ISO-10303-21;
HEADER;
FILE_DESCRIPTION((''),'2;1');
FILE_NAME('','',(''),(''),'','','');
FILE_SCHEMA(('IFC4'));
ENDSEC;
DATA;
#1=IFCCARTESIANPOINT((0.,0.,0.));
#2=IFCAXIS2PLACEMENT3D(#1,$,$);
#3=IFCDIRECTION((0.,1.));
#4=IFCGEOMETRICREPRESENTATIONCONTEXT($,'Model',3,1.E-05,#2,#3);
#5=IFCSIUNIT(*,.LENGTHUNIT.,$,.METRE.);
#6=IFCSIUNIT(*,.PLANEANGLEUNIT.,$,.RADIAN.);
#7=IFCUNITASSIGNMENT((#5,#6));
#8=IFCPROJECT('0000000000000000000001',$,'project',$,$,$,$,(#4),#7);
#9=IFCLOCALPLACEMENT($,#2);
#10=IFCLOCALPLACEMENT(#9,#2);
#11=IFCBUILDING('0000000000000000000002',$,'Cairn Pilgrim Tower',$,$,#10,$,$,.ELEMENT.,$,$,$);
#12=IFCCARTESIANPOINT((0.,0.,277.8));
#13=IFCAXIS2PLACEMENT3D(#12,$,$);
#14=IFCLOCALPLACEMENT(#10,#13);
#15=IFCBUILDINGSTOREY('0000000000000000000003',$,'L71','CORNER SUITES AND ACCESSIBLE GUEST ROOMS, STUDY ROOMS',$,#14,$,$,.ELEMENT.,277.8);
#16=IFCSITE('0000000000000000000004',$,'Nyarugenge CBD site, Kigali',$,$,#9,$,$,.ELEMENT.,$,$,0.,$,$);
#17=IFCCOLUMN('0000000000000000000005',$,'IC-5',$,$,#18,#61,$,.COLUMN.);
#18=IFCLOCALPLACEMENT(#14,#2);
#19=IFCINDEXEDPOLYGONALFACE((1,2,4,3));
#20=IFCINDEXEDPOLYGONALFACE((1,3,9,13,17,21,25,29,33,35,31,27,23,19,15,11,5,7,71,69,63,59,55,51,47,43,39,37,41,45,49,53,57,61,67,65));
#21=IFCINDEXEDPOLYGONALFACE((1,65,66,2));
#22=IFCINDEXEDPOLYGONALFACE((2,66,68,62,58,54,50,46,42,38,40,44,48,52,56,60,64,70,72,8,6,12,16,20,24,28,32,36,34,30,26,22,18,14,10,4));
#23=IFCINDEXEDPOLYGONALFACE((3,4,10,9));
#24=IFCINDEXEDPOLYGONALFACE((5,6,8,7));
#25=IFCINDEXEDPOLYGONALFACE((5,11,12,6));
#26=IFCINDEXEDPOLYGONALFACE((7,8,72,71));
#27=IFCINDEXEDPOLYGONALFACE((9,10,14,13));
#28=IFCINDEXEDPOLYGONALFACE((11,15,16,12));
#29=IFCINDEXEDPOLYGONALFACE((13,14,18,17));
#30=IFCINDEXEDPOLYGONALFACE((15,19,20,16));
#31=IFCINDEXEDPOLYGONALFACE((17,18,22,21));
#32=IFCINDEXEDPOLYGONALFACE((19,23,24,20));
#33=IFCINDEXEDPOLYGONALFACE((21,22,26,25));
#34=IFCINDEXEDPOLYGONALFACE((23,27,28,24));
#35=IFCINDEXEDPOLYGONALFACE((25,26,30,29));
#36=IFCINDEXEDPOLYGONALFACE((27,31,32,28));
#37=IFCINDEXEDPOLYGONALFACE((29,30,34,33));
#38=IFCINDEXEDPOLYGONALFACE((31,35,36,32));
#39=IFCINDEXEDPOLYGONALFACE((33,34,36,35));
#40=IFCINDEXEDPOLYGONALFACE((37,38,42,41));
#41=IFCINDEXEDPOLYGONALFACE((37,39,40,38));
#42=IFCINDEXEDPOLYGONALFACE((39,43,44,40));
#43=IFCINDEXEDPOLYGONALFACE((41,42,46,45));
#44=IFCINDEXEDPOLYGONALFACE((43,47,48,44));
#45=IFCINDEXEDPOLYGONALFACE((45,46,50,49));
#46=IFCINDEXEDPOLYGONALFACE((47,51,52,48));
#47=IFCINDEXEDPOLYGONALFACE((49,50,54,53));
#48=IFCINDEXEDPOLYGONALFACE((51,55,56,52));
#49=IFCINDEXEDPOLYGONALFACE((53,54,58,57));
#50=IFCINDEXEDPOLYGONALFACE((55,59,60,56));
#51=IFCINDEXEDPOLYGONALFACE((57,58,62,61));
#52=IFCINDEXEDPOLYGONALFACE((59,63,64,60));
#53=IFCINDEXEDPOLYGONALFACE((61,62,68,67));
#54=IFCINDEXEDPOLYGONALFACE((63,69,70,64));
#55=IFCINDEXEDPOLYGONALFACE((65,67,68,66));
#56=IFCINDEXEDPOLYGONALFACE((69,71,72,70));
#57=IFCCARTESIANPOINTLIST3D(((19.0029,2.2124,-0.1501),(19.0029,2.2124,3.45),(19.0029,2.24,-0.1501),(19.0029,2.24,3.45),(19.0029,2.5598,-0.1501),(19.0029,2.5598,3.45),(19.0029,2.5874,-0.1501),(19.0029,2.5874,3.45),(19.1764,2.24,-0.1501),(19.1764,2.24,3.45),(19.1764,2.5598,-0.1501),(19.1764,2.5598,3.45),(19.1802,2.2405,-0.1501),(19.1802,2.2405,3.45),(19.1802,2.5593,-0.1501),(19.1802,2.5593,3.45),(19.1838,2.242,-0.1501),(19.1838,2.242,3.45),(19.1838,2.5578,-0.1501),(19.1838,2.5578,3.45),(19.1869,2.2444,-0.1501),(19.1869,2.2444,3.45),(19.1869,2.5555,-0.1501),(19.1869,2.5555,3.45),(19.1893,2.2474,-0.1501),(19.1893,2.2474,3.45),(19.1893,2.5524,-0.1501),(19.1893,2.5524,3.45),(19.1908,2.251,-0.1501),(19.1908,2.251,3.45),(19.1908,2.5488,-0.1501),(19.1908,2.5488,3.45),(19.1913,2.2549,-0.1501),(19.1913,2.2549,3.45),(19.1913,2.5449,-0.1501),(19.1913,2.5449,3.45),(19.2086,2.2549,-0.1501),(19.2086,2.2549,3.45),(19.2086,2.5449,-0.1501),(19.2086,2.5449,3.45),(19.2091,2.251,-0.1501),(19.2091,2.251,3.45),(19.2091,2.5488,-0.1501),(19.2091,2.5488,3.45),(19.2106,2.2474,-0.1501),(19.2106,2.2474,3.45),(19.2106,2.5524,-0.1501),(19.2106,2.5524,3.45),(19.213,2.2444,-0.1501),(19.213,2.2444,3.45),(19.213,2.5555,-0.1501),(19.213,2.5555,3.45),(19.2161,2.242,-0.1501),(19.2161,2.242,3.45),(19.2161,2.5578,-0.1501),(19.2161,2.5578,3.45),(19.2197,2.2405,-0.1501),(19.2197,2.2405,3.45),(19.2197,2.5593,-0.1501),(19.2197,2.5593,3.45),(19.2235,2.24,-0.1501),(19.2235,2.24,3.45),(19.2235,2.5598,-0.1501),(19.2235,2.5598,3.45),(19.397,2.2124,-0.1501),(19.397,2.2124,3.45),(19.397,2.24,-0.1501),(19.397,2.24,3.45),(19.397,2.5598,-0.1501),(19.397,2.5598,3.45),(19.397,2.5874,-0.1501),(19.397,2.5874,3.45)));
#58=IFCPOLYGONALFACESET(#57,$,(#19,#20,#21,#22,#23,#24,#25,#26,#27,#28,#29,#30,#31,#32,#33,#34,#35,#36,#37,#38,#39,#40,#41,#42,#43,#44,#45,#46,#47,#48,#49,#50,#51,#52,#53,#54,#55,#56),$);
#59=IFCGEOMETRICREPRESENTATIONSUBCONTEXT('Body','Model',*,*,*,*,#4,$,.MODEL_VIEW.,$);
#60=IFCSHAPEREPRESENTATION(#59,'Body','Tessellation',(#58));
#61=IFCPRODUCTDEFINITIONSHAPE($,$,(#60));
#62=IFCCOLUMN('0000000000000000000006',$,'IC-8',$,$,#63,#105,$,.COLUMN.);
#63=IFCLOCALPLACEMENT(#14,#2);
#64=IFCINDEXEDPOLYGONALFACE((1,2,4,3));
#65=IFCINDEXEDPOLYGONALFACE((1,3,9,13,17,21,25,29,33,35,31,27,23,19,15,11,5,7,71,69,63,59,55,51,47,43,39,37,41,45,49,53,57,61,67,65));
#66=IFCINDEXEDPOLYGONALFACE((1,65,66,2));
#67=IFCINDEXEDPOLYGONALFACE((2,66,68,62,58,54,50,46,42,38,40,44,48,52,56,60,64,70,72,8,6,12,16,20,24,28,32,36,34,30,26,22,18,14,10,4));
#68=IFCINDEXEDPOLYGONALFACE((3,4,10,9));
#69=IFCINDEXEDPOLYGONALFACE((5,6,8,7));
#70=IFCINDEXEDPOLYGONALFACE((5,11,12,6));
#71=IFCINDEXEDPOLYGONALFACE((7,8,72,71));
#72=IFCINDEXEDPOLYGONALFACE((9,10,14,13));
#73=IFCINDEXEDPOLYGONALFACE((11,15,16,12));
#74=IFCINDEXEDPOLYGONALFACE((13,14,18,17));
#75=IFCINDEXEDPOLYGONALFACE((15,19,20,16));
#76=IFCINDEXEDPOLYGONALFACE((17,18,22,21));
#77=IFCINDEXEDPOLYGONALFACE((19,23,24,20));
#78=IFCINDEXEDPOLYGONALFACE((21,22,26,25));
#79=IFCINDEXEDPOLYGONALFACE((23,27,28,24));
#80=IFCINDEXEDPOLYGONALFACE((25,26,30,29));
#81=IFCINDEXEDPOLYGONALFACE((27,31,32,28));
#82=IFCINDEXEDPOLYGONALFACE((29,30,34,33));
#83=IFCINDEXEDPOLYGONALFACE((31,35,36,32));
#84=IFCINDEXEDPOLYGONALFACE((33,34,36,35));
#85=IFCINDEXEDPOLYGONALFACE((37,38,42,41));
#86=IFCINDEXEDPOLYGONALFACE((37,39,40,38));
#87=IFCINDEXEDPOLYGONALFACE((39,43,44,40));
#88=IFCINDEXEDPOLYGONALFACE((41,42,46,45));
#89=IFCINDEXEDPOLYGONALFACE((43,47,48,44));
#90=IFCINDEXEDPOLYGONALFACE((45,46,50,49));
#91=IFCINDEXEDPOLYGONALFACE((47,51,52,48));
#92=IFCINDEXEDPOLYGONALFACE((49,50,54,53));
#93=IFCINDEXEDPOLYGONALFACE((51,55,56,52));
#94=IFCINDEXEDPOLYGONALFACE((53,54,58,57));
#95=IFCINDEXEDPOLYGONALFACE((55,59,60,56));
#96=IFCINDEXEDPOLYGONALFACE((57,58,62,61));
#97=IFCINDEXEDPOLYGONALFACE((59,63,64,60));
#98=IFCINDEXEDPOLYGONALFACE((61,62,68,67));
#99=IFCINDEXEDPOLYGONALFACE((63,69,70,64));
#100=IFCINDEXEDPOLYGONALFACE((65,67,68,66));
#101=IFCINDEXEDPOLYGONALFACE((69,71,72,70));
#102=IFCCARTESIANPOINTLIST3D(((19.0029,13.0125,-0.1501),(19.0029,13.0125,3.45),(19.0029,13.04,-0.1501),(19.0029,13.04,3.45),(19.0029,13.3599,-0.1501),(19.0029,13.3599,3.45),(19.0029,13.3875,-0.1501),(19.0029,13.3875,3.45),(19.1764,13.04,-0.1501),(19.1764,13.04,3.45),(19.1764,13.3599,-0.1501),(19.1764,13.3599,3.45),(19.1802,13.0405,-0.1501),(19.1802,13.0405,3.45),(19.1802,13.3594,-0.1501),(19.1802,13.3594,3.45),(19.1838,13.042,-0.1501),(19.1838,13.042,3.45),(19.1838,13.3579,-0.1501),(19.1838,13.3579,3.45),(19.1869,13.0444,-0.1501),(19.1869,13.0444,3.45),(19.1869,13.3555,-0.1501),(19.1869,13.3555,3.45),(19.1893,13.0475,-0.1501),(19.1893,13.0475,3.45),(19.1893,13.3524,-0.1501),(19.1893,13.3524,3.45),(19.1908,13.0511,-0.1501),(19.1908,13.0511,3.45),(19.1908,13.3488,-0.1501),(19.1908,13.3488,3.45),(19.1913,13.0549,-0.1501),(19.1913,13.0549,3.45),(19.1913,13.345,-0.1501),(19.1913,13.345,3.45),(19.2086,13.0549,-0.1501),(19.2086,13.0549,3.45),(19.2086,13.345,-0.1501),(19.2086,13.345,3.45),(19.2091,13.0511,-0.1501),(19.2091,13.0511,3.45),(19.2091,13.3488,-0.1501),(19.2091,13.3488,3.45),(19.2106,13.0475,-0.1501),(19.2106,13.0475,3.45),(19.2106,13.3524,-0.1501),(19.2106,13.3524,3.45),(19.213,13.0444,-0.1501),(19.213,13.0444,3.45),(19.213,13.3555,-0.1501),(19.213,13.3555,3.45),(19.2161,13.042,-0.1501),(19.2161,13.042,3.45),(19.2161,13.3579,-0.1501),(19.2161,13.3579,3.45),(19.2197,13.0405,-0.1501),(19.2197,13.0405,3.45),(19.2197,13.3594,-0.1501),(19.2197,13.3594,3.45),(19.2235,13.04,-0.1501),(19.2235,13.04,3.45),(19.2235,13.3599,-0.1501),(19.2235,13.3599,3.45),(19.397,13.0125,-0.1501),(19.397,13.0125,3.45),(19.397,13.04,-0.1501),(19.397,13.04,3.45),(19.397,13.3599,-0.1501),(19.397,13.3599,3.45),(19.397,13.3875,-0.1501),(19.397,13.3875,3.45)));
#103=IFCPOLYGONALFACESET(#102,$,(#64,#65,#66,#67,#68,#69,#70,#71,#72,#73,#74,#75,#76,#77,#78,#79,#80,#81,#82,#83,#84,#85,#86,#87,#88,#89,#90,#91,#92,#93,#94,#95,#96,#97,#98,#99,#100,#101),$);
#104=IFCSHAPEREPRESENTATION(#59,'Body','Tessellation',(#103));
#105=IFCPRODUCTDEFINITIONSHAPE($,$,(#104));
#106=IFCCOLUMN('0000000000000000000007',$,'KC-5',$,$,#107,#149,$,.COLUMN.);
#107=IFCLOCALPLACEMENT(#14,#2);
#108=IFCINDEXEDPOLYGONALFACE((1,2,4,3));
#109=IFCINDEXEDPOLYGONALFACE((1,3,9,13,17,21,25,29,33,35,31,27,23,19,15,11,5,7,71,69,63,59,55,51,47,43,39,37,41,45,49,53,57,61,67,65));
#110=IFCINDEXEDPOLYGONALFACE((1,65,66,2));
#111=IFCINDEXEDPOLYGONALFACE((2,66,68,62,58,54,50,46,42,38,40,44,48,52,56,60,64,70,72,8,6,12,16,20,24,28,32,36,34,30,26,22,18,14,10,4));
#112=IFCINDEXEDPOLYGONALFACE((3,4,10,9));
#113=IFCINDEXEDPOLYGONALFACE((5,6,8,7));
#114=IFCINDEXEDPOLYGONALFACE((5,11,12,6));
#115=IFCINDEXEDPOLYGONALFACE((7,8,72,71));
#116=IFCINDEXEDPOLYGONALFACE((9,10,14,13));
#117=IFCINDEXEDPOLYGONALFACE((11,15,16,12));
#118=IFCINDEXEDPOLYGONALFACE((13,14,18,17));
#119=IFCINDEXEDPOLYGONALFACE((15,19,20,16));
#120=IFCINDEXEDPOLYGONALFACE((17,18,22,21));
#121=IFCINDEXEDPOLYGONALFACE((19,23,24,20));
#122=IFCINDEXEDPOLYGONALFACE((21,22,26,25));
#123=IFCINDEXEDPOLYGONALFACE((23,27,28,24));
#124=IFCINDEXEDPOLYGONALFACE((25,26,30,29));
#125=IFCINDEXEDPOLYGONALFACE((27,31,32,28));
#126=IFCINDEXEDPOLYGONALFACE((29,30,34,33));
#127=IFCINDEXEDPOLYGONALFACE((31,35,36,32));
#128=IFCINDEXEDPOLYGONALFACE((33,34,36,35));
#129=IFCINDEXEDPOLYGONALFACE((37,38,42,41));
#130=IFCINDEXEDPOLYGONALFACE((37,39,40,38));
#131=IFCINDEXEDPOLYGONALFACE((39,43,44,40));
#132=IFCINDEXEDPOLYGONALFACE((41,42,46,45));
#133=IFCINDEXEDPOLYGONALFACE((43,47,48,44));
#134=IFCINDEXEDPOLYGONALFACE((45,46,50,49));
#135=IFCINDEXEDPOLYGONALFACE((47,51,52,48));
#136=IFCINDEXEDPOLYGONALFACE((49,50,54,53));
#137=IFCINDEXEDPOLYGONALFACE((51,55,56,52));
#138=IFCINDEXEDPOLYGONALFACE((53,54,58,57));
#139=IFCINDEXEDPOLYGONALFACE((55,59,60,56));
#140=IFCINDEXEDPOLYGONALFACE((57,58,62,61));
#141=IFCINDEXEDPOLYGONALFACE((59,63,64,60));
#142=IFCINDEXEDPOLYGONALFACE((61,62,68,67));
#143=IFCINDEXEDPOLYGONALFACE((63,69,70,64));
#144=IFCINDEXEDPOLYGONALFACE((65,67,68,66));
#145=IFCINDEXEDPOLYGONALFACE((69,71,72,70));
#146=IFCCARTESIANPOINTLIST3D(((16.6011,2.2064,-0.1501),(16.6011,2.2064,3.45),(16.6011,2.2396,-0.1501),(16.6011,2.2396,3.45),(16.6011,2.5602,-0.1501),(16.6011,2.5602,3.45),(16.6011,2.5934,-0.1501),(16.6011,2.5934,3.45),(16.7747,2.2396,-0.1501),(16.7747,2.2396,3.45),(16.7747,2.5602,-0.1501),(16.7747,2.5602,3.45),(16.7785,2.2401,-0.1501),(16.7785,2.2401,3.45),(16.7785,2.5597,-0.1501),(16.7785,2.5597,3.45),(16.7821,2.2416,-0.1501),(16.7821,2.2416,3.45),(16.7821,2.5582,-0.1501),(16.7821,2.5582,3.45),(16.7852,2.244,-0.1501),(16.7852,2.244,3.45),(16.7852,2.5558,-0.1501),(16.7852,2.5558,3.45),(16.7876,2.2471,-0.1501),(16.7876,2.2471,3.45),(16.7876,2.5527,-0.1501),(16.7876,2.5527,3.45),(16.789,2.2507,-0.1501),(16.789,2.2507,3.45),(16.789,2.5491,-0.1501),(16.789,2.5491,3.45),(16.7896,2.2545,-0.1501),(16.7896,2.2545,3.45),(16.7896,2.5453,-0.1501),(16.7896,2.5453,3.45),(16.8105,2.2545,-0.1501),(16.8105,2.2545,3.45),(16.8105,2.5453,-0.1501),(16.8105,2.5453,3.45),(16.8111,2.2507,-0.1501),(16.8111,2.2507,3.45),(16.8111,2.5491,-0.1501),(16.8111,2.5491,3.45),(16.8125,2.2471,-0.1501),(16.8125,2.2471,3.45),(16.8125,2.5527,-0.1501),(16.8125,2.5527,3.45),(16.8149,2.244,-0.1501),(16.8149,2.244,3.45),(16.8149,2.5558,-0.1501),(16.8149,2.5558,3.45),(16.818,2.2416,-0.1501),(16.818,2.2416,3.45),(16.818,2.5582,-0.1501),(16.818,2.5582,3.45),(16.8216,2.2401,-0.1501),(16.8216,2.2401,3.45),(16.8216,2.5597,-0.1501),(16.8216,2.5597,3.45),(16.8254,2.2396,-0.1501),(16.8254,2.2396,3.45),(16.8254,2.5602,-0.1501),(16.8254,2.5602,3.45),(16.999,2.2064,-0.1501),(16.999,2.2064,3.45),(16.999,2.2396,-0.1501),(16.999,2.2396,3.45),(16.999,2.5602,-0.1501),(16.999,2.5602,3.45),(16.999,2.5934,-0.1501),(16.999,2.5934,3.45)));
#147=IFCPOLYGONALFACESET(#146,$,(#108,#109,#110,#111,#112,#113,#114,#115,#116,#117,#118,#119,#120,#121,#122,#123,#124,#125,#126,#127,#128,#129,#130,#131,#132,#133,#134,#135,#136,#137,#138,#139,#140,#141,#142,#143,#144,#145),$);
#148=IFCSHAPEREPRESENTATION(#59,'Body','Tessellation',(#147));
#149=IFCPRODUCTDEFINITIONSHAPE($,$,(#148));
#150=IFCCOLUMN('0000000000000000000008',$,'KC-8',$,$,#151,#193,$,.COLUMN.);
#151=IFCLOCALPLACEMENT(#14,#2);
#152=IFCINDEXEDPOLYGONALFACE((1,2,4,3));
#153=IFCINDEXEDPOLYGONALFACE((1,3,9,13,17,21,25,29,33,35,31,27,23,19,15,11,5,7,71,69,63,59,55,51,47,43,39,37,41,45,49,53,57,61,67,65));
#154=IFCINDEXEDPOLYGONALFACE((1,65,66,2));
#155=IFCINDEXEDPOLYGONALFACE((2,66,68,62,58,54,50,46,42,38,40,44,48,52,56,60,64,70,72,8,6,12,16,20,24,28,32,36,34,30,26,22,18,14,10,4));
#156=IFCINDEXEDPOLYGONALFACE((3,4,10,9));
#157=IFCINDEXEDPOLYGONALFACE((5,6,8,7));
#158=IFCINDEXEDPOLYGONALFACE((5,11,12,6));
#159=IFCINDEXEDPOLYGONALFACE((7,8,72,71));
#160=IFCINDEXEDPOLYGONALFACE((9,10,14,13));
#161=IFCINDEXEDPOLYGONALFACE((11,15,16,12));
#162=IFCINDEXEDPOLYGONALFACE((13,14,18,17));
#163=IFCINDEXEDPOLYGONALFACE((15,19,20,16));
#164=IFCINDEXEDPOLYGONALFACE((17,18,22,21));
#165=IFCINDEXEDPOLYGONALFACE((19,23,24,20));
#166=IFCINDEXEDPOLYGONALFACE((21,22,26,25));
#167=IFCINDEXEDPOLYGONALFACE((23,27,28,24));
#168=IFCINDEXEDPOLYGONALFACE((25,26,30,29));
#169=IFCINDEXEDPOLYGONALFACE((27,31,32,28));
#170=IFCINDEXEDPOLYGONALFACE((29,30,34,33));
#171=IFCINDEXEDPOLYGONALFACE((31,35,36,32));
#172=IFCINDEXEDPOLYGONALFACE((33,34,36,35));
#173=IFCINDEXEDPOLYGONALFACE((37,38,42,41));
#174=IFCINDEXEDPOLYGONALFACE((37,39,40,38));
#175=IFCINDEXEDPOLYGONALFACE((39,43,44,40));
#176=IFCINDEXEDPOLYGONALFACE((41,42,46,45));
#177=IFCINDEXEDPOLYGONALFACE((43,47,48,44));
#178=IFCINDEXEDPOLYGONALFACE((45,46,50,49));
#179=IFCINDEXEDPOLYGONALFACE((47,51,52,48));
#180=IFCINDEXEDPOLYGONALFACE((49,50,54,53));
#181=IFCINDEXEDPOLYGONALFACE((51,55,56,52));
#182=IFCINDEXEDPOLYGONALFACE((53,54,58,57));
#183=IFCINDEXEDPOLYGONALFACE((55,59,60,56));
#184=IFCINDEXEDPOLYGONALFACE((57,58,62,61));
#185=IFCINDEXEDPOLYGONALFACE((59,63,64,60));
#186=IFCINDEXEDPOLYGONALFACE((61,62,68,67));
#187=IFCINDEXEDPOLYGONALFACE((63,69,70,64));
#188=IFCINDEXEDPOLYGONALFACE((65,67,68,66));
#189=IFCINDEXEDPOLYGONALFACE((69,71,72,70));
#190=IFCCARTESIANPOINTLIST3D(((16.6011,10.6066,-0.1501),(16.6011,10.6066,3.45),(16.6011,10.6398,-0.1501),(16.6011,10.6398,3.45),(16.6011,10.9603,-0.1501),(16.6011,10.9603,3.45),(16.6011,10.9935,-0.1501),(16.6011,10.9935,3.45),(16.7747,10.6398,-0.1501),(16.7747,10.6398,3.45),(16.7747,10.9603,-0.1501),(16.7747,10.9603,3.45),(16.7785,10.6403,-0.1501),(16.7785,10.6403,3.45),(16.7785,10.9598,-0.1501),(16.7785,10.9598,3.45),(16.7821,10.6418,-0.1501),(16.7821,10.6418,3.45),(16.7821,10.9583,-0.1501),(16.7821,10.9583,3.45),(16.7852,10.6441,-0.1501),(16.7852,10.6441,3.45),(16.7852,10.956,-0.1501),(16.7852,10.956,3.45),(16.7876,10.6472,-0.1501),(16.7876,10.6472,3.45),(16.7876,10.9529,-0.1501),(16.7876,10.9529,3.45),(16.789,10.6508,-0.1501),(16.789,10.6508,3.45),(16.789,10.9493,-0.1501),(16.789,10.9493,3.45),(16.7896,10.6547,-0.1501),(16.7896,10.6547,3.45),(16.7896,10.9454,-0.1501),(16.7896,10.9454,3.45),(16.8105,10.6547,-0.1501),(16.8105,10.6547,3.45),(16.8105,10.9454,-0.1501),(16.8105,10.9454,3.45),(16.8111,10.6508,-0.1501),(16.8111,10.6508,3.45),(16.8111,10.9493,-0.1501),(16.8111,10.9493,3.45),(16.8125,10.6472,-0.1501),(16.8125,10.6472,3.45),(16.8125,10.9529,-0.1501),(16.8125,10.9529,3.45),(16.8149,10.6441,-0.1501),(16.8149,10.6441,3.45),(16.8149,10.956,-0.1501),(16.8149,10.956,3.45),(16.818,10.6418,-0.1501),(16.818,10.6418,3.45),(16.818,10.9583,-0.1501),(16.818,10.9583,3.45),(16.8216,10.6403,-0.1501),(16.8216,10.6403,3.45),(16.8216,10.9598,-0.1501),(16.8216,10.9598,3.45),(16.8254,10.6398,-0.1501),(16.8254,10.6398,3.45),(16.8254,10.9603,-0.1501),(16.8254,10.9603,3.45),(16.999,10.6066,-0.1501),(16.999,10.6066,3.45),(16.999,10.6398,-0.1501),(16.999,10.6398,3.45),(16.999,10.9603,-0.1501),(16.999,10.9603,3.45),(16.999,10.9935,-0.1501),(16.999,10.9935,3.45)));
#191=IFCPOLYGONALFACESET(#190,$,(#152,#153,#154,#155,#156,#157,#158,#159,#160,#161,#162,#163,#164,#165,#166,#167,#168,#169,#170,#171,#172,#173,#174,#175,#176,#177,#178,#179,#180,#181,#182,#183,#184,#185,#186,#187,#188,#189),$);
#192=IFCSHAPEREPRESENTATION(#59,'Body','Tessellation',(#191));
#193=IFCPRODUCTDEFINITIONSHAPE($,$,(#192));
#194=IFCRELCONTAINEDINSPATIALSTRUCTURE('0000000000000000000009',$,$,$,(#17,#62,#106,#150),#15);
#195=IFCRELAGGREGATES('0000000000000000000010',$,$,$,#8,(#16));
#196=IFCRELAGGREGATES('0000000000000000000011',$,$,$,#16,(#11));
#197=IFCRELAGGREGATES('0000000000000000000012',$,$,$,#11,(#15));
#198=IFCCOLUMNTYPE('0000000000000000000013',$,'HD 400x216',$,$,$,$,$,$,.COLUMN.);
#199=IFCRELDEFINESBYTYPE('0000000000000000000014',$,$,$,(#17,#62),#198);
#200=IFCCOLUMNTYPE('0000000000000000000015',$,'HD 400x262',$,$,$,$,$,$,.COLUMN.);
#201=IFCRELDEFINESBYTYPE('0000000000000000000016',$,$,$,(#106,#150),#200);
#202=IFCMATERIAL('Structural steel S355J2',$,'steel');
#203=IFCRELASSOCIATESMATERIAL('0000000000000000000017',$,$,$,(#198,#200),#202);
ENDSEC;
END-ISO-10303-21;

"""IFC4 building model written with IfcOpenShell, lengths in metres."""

from ifc_helpers import new_model, si_unit, direction, frame, origin, origin_2d, place, context, subcontext, project, spatial, i_section, extrude, material, material_profile, profile_set, type_object, element, save


model = new_model("IFC4")

# Units and contexts
model_context = context("Model", 3, precision=1e-05, world=origin(), true_north=direction((0.0, 1.0)))
body_context = subcontext(model_context, "Body", "Model", "MODEL_VIEW")
ifc_project = project(units=[si_unit("LENGTHUNIT", "METRE"), si_unit("PLANEANGLEUNIT", "RADIAN")], contexts=[model_context])

# Site, building, storey
site_placement = place(None, origin())
site = spatial("IfcSite", under=ifc_project, at=site_placement, Name="Nyarugenge CBD site, Kigali", CompositionType="ELEMENT", RefElevation=0.0)
building_placement = place(site_placement, origin())
building = spatial("IfcBuilding", under=site, at=building_placement, Name="Cairn Pilgrim Tower", CompositionType="ELEMENT")
storey_placement = place(building_placement, frame((0.0, 0.0, 277.8)))
storey = spatial("IfcBuildingStorey", under=building, at=storey_placement, Name="L71", Description="CORNER SUITES AND ACCESSIBLE GUEST ROOMS, STUDY ROOMS", CompositionType="ELEMENT", Elevation=277.8)

# Columns
ifc_material_1 = material(Name="Structural steel S355J2", Category="steel")
ifc_material_profile_1 = material_profile(ifc_material_1, i_section(OverallWidth=0.394, OverallDepth=0.375, WebThickness=0.0173, FlangeThickness=0.0276, FilletRadius=0.0149, at=origin_2d()), Name="HD 400x216")
ifc_profile_set_1 = profile_set([ifc_material_profile_1], Name="Structural steel S355J2")
column_type_1 = type_object("IfcColumnType", Name="HD 400x216", PredefinedType="COLUMN", material=ifc_profile_set_1)
for number, where, z_axis, x_axis, name in (
    (1, (19.2, 2.3999, -0.1501), (0.0, 0.0, 1.0), (1.0, 0.0, 0.0), "IC-5"),
    (2, (19.2, 13.2, -0.1501), (0.0, 0.0, 1.0), (1.0, 0.0, 0.0), "IC-8"),
):
    element("IfcColumn", number, at=place(storey_placement, frame(where, z_axis=z_axis, x_axis=x_axis)), inside=storey, type_object=column_type_1, Name=name, PredefinedType="COLUMN", context=body_context, shape_type="SweptSolid", body=[
        extrude(i_section(OverallWidth=0.394, OverallDepth=0.375, WebThickness=0.0173, FlangeThickness=0.0276, FilletRadius=0.0149, at=origin_2d()), origin(), (0.0, 0.0, 1.0), 3.6001),
    ])
ifc_material_profile_2 = material_profile(ifc_material_1, i_section(OverallWidth=0.3979, OverallDepth=0.387, WebThickness=0.021, FlangeThickness=0.0332, FilletRadius=0.0149, at=origin_2d()), Name="HD 400x262")
ifc_profile_set_2 = profile_set([ifc_material_profile_2], Name="Structural steel S355J2")
column_type_2 = type_object("IfcColumnType", Name="HD 400x262", PredefinedType="COLUMN", material=ifc_profile_set_2)
for number, where, z_axis, x_axis, name in (
    (3, (16.8, 2.3999, -0.1501), (0.0, 0.0, 1.0), (1.0, 0.0, 0.0), "KC-5"),
    (4, (16.8, 10.8, -0.1501), (0.0, 0.0, 1.0), (1.0, 0.0, 0.0), "KC-8"),
):
    element("IfcColumn", number, at=place(storey_placement, frame(where, z_axis=z_axis, x_axis=x_axis)), inside=storey, type_object=column_type_2, Name=name, PredefinedType="COLUMN", context=body_context, shape_type="SweptSolid", body=[
        extrude(i_section(OverallWidth=0.3979, OverallDepth=0.387, WebThickness=0.021, FlangeThickness=0.0332, FilletRadius=0.0149, at=origin_2d()), origin(), (0.0, 0.0, 1.0), 3.6001),
    ])

save(model, "model.ifc")
